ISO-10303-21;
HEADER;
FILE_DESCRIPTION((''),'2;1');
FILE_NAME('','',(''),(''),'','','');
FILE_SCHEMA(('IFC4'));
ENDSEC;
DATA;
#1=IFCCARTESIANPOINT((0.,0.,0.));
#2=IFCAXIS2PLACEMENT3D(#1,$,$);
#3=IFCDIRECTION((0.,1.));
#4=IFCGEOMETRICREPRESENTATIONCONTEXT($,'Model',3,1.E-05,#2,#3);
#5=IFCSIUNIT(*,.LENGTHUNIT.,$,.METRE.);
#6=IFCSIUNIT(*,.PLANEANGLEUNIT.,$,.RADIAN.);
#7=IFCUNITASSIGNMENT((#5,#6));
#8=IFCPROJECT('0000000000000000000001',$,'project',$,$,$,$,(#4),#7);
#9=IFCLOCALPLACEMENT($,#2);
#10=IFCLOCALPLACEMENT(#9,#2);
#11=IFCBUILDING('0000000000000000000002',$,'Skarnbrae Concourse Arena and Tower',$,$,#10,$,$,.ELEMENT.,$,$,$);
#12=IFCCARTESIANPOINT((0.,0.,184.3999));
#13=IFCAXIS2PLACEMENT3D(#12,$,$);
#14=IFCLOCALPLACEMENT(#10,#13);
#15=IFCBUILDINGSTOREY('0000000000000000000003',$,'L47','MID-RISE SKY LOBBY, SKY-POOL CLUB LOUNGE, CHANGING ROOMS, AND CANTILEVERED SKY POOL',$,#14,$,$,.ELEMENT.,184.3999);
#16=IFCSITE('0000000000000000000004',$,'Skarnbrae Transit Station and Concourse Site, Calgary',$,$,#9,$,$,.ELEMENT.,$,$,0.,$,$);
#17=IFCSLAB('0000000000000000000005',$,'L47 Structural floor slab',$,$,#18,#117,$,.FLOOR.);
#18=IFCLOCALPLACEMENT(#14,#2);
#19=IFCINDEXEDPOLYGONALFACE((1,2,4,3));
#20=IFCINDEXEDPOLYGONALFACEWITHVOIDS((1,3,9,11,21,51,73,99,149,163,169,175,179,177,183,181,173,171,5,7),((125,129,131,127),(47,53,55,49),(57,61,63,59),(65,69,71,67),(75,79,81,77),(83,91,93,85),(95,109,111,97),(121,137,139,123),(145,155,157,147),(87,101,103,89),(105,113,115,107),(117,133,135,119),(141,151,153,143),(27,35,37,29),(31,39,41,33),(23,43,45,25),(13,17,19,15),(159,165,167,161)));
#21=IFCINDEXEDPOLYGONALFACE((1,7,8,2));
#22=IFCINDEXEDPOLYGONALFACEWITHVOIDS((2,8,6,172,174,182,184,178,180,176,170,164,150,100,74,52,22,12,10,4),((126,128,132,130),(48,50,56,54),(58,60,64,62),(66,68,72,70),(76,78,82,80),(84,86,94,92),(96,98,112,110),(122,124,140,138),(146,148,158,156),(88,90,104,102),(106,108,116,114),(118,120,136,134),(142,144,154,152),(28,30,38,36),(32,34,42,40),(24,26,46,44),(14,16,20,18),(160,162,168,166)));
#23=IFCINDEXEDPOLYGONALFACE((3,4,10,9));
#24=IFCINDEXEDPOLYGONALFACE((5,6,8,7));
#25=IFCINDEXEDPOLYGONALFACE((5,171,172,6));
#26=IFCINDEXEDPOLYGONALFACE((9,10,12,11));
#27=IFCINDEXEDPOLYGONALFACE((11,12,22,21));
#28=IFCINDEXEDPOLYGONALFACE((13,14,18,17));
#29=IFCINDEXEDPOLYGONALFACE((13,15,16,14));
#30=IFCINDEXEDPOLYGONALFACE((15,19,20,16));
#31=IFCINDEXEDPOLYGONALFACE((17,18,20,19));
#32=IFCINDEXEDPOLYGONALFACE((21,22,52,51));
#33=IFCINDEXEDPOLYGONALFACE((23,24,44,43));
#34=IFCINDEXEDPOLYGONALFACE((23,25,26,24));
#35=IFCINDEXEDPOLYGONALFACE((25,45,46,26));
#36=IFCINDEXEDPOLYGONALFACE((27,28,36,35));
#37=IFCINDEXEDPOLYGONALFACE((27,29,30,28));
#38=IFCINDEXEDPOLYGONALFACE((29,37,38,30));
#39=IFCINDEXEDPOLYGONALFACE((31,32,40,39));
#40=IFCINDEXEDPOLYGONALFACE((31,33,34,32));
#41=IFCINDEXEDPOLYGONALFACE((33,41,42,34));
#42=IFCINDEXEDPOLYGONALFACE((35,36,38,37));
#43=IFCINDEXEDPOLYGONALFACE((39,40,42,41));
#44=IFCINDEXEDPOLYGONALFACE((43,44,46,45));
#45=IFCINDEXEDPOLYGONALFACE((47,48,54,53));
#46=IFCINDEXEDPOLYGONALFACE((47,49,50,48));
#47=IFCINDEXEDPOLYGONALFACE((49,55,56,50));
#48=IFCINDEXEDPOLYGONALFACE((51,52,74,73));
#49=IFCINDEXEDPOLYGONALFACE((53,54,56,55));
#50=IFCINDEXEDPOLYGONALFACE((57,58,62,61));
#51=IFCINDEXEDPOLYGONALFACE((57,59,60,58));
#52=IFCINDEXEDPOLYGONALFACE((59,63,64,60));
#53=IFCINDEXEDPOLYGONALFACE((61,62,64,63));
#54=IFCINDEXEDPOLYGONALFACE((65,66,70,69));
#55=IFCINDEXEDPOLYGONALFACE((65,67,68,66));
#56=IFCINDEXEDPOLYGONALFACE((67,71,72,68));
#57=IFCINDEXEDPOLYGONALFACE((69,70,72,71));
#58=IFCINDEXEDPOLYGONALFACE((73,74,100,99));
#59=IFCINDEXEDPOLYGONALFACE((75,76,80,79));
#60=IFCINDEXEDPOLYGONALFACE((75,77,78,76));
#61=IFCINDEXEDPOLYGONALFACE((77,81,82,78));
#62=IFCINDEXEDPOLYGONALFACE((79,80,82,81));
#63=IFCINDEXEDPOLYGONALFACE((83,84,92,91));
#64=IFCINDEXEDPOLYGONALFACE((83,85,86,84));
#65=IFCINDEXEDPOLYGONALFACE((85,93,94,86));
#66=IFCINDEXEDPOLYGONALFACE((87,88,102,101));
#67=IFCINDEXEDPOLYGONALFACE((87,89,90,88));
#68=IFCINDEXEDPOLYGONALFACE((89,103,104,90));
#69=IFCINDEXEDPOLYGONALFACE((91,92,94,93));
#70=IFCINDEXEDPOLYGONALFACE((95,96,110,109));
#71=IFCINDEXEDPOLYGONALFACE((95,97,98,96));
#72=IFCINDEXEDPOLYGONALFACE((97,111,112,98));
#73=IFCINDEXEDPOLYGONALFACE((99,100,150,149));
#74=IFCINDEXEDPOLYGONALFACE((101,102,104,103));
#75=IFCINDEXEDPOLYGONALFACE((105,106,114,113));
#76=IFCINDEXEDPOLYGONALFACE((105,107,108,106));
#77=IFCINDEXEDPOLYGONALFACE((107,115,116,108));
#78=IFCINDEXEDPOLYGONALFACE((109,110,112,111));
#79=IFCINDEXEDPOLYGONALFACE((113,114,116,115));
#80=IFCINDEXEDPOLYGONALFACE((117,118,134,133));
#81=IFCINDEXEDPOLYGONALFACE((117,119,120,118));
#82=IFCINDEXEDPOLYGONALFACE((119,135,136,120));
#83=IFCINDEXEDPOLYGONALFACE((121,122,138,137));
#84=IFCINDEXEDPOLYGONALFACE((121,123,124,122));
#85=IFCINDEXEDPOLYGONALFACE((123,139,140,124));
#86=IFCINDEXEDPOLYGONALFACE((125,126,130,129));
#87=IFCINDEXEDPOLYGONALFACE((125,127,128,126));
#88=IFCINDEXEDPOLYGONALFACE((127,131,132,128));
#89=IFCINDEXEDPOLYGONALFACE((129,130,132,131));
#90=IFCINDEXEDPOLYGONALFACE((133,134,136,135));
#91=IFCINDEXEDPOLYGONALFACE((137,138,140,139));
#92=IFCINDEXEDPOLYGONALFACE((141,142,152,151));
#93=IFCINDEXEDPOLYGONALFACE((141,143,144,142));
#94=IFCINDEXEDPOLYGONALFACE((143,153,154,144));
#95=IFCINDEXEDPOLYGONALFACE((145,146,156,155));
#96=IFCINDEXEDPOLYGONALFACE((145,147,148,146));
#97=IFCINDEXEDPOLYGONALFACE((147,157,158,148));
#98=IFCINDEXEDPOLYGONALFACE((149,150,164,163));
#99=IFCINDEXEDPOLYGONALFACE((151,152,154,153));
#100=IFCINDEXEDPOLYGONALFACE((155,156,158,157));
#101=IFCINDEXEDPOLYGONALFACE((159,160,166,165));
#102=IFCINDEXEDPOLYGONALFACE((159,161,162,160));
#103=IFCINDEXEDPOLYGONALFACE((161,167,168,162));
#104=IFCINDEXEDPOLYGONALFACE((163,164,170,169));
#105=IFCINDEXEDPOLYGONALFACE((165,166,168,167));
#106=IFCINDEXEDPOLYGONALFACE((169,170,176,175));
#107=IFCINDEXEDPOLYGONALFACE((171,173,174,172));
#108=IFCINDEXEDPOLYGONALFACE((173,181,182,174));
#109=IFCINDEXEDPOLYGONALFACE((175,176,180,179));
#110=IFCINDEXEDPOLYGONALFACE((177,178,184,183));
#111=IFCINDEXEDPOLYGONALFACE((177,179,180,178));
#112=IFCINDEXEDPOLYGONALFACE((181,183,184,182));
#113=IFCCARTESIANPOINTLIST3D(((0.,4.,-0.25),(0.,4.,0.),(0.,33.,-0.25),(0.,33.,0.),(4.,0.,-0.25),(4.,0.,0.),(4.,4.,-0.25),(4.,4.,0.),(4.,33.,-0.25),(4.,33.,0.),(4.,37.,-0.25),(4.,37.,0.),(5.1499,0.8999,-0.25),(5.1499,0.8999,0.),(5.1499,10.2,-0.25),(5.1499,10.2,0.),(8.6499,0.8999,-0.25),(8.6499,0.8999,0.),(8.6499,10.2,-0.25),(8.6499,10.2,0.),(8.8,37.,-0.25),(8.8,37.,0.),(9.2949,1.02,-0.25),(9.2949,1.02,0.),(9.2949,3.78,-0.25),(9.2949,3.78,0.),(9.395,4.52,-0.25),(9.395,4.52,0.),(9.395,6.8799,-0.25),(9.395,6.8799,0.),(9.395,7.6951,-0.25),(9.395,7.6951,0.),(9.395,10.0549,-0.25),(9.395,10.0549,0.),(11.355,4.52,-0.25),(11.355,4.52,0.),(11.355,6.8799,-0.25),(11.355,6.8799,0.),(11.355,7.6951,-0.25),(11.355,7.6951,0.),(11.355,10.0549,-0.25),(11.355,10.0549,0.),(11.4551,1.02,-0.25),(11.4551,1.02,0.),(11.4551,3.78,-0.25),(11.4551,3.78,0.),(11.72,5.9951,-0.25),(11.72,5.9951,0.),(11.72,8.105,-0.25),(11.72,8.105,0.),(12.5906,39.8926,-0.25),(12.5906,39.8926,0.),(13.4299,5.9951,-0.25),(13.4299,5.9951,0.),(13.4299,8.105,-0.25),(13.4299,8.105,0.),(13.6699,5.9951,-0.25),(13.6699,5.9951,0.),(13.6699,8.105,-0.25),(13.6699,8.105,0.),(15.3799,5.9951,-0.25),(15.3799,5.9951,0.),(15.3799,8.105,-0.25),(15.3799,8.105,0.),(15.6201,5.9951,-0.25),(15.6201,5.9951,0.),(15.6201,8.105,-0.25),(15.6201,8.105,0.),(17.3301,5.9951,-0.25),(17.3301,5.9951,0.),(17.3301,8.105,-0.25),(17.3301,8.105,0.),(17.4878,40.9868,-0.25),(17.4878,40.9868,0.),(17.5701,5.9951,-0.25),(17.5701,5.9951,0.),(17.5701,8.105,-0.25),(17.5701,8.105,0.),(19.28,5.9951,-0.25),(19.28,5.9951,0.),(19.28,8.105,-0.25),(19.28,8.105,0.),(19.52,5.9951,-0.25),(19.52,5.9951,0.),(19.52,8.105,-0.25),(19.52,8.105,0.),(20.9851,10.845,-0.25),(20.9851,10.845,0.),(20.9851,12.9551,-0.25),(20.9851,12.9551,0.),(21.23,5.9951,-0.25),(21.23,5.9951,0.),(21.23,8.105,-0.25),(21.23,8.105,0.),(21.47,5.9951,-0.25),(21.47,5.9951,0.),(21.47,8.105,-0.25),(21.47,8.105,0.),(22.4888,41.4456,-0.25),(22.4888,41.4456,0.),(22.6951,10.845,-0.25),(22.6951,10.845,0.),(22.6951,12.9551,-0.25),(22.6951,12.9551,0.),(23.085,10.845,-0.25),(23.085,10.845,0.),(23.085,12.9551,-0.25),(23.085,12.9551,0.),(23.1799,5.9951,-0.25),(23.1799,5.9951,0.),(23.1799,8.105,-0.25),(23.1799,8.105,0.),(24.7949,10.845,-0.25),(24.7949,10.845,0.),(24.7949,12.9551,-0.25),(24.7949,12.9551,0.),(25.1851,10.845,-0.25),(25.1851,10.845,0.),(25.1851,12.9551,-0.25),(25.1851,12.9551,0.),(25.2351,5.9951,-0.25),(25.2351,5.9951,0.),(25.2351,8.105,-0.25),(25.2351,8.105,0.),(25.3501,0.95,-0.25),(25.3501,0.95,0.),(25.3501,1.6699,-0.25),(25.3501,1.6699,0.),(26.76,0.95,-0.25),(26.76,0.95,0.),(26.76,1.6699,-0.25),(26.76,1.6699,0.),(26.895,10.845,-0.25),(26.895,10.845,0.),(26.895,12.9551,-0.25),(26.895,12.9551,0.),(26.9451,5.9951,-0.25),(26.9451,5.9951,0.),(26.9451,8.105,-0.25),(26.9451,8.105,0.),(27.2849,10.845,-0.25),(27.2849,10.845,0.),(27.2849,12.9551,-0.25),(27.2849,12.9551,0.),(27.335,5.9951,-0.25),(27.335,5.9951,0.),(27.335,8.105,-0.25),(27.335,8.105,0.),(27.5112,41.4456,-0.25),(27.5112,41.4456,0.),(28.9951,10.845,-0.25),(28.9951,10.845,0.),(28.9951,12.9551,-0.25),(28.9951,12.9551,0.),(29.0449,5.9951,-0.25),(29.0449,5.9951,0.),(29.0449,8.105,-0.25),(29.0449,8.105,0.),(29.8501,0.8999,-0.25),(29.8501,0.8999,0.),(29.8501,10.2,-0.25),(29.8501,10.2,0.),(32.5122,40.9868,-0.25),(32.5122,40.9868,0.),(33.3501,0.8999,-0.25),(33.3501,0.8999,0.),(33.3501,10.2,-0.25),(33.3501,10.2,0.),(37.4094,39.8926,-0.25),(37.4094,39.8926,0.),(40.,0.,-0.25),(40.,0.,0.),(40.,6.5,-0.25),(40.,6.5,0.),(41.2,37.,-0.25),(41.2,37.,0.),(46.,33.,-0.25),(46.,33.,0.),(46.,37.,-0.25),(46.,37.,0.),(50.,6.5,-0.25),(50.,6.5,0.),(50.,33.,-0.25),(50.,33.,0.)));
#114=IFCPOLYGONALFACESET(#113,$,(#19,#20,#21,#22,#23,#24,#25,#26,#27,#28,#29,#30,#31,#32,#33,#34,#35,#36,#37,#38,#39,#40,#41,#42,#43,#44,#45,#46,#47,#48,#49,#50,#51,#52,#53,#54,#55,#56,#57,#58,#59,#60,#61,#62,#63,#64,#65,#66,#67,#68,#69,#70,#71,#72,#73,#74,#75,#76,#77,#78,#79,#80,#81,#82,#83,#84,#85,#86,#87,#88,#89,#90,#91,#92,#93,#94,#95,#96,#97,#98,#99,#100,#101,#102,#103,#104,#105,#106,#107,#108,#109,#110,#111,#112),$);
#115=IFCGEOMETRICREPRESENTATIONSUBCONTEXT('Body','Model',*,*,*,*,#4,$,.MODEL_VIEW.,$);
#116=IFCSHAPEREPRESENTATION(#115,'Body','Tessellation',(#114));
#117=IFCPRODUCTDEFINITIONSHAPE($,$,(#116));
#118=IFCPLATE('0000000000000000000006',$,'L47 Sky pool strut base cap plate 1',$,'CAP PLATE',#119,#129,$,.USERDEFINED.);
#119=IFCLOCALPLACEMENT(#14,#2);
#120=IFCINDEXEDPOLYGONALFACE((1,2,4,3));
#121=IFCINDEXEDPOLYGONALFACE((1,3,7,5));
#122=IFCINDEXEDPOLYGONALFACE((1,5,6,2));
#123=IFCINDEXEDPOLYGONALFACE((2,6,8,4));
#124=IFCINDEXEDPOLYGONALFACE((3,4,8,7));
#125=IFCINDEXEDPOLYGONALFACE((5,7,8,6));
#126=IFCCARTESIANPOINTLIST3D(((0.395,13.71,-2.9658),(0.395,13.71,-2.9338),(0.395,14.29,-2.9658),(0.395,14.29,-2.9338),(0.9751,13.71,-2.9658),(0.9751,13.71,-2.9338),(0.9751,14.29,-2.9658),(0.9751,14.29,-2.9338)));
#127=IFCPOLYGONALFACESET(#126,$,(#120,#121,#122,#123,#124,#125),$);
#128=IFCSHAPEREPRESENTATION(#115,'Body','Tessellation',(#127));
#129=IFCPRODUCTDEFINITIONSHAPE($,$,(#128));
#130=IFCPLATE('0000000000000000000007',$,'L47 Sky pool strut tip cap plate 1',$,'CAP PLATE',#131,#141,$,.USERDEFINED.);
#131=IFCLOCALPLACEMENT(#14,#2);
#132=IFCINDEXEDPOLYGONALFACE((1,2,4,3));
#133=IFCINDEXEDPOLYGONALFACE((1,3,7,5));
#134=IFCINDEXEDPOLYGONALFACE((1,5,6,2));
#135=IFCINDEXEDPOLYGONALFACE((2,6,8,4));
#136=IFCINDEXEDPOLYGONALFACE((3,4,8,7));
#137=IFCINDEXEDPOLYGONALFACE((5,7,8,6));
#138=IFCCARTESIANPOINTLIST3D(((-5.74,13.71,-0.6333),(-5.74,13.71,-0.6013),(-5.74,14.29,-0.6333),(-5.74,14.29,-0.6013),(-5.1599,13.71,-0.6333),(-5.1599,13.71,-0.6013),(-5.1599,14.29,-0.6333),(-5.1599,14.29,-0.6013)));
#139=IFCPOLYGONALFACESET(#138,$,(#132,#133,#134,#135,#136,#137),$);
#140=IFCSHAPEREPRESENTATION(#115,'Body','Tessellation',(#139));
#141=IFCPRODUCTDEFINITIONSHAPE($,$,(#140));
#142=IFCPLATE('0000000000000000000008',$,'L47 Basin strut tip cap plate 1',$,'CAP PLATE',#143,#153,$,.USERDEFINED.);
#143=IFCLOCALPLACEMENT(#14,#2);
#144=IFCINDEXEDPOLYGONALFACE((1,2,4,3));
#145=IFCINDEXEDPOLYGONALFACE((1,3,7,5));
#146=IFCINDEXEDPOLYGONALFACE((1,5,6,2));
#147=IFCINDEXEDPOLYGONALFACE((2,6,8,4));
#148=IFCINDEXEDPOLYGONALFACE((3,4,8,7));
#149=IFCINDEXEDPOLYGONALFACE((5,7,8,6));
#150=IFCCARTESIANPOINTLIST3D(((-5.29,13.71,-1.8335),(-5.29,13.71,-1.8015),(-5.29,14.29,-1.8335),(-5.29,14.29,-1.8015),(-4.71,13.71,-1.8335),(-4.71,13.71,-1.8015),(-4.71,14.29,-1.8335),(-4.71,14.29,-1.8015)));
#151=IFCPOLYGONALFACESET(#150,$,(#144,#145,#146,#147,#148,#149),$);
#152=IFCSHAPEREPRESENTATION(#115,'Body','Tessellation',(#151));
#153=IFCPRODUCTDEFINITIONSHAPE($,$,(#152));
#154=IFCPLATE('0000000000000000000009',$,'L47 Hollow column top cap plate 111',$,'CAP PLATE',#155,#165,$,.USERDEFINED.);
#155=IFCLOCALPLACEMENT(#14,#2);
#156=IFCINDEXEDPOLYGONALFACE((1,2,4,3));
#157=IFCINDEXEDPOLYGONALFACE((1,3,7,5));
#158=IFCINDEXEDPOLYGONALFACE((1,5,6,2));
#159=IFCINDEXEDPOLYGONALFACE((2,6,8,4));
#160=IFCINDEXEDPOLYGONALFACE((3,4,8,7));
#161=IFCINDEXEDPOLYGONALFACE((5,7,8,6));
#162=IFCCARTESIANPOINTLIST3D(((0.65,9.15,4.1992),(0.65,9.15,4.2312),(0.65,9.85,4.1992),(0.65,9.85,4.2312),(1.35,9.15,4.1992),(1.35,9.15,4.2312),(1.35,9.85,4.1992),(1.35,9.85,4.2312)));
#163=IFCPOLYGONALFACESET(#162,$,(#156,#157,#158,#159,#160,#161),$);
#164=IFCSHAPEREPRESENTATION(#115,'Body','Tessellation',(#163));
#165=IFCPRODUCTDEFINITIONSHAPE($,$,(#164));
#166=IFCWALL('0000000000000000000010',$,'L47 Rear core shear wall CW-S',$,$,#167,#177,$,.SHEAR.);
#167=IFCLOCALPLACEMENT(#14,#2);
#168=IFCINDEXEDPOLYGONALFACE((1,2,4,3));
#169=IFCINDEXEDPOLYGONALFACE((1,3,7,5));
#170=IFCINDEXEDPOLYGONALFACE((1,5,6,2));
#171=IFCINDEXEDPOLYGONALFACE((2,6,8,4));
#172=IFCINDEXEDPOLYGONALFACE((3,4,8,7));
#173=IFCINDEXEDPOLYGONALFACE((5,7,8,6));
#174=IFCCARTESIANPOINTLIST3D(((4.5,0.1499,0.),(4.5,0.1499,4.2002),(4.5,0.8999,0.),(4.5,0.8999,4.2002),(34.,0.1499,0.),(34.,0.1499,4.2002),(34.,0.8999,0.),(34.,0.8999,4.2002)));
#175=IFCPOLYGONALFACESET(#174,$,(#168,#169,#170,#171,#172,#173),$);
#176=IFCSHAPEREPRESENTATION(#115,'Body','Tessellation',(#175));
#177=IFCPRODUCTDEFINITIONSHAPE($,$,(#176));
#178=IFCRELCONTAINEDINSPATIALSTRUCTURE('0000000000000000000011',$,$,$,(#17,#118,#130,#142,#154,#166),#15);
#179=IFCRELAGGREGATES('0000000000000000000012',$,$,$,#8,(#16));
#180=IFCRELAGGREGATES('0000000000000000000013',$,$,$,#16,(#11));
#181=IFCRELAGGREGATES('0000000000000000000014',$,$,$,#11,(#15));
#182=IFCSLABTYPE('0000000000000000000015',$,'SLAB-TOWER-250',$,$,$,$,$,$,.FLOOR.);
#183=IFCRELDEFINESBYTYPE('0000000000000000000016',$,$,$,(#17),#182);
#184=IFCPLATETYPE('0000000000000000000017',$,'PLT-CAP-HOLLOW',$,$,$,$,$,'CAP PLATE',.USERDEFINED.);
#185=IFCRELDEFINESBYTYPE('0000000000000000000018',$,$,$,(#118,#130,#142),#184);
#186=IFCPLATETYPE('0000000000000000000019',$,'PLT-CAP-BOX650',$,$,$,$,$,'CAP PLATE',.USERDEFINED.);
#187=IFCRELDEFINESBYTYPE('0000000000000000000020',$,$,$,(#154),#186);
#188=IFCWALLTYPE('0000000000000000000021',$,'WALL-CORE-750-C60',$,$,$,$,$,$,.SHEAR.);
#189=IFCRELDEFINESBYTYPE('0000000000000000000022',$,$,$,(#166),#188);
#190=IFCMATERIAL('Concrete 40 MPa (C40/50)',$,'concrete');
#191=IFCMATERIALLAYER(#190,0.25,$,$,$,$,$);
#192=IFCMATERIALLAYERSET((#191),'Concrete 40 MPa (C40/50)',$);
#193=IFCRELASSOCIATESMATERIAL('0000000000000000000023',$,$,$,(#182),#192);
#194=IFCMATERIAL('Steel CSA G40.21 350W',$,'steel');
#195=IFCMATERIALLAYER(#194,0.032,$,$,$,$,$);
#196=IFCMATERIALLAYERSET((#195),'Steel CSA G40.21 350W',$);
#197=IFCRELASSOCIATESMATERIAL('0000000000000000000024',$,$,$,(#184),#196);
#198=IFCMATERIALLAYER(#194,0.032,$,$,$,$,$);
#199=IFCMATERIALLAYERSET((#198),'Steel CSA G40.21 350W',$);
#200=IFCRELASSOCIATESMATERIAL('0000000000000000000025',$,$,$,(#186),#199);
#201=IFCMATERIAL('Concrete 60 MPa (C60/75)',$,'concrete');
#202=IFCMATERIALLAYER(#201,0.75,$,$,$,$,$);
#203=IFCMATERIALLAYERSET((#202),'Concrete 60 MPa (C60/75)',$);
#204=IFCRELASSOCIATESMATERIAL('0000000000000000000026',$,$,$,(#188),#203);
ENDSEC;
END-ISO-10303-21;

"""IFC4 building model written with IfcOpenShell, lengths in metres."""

from ifc_helpers import new_model, si_unit, direction, frame, frame_2d, origin, origin_2d, place, context, subcontext, project, spatial, polyline, rectangle, outline, extrude, source, transform, mapped, material, layer, layer_set, type_object, element, save


model = new_model("IFC4")

# Units and contexts
model_context = context("Model", 3, precision=1e-05, world=origin(), true_north=direction((0.0, 1.0)))
body_context = subcontext(model_context, "Body", "Model", "MODEL_VIEW")
ifc_project = project(units=[si_unit("LENGTHUNIT", "METRE"), si_unit("PLANEANGLEUNIT", "RADIAN")], contexts=[model_context])

# Site, building, storey
site_placement = place(None, origin())
site = spatial("IfcSite", under=ifc_project, at=site_placement, Name="Skarnbrae Transit Station and Concourse Site, Calgary", CompositionType="ELEMENT", RefElevation=0.0)
building_placement = place(site_placement, origin())
building = spatial("IfcBuilding", under=site, at=building_placement, Name="Skarnbrae Concourse Arena and Tower", CompositionType="ELEMENT")
storey_placement = place(building_placement, frame((0.0, 0.0, 184.3999)))
storey = spatial("IfcBuildingStorey", under=building, at=storey_placement, Name="L47", Description="MID-RISE SKY LOBBY, SKY-POOL CLUB LOUNGE, CHANGING ROOMS, AND CANTILEVERED SKY POOL", CompositionType="ELEMENT", Elevation=184.3999)

# Shared definitions
ifc_material_1 = material(Name="Steel CSA G40.21 350W", Category="steel")

# Shared definitions
ifc_material_2 = material(Name="Concrete 40 MPa (C40/50)", Category="concrete")

# Slab
ifc_layer_1 = layer(ifc_material_2, 0.25)
ifc_layer_set_1 = layer_set([ifc_layer_1], Name="Concrete 40 MPa (C40/50)")
slab_type_1 = type_object("IfcSlabType", Name="SLAB-TOWER-250", PredefinedType="FLOOR", material=ifc_layer_set_1)
slab_1_placement = place(storey_placement, frame((0.0, 0.0, -0.25)))
element("IfcSlab", 1, at=slab_1_placement, inside=storey, type_object=slab_type_1, Name="L47 Structural floor slab", PredefinedType="FLOOR", context=body_context, shape_type="SweptSolid", body=[
    extrude(outline(polyline([(4.0, 0.0), (40.0, 0.0), (40.0, 6.5), (50.0, 6.5), (50.0, 33.0), (46.0, 33.0), (46.0, 37.0), (41.2, 37.0), (37.4094, 39.8926), (32.5122, 40.9868), (27.5112, 41.4456), (22.4888, 41.4456), (17.4878, 40.9868), (12.5906, 39.8926), (8.8, 37.0), (4.0, 37.0), (4.0, 33.0), (0.0, 33.0), (0.0, 4.0), (4.0, 4.0), (4.0, 0.0)]), holes=[polyline([(9.2949, 3.78), (11.4551, 3.78), (11.4551, 1.02), (9.2949, 1.02), (9.2949, 3.78)]), polyline([(8.6499, 10.2), (8.6499, 0.8999), (5.1499, 0.8999), (5.1499, 10.2), (8.6499, 10.2)]), polyline([(9.395, 6.8799), (11.355, 6.8799), (11.355, 4.52), (9.395, 4.52), (9.395, 6.8799)]), polyline([(11.72, 8.105), (13.4299, 8.105), (13.4299, 5.9951), (11.72, 5.9951), (11.72, 8.105)]), polyline([(13.6699, 8.105), (15.3799, 8.105), (15.3799, 5.9951), (13.6699, 5.9951), (13.6699, 8.105)]), polyline([(15.6201, 8.105), (17.3301, 8.105), (17.3301, 5.9951), (15.6201, 5.9951), (15.6201, 8.105)]), polyline([(17.5701, 8.105), (19.28, 8.105), (19.28, 5.9951), (17.5701, 5.9951), (17.5701, 8.105)]), polyline([(21.23, 8.105), (21.23, 5.9951), (19.52, 5.9951), (19.52, 8.105), (21.23, 8.105)]), polyline([(11.355, 10.0549), (11.355, 7.6951), (9.395, 7.6951), (9.395, 10.0549), (11.355, 10.0549)]), polyline([(25.3501, 1.6699), (26.76, 1.6699), (26.76, 0.95), (25.3501, 0.95), (25.3501, 1.6699)]), polyline([(33.3501, 10.2), (33.3501, 0.8999), (29.8501, 0.8999), (29.8501, 10.2), (33.3501, 10.2)]), polyline([(21.47, 8.105), (23.1799, 8.105), (23.1799, 5.9951), (21.47, 5.9951), (21.47, 8.105)]), polyline([(25.2351, 8.105), (26.9451, 8.105), (26.9451, 5.9951), (25.2351, 5.9951), (25.2351, 8.105)]), polyline([(27.335, 8.105), (29.0449, 8.105), (29.0449, 5.9951), (27.335, 5.9951), (27.335, 8.105)]), polyline([(20.9851, 12.9551), (22.6951, 12.9551), (22.6951, 10.845), (20.9851, 10.845), (20.9851, 12.9551)]), polyline([(23.085, 12.9551), (24.7949, 12.9551), (24.7949, 10.845), (23.085, 10.845), (23.085, 12.9551)]), polyline([(26.895, 12.9551), (26.895, 10.845), (25.1851, 10.845), (25.1851, 12.9551), (26.895, 12.9551)]), polyline([(28.9951, 12.9551), (28.9951, 10.845), (27.2849, 10.845), (27.2849, 12.9551), (28.9951, 12.9551)])]), origin(), (0.0, 0.0, 1.0), 0.25),
])

# Plates
ifc_layer_2 = layer(ifc_material_1, 0.032)
ifc_layer_set_2 = layer_set([ifc_layer_2], Name="Steel CSA G40.21 350W")
plate_type_1 = type_object("IfcPlateType", Name="PLT-CAP-HOLLOW", ElementType="CAP PLATE", PredefinedType="USERDEFINED", material=ifc_layer_set_2)
shared_shape_1 = source(origin(), body_context, "Body", "SweptSolid", [
    extrude(rectangle(XDim=0.5801, YDim=0.5801, at=origin_2d()), origin(), (0.0, 0.0, 1.0), 0.032),
])
for number, where, z_axis, x_axis, name in (
    (2, (0.6851, 14.0, -2.9658), (0.0, 0.0, 1.0), (1.0, 0.0, 0.0), "L47 Sky pool strut base cap plate 1"),
    (3, (-5.45, 14.0, -0.6333), (0.0, 0.0, 1.0), (1.0, 0.0, 0.0), "L47 Sky pool strut tip cap plate 1"),
    (4, (-5.0, 14.0, -1.8335), (0.0, 0.0, 1.0), (1.0, 0.0, 0.0), "L47 Basin strut tip cap plate 1"),
):
    element("IfcPlate", number, at=place(storey_placement, frame(where, z_axis=z_axis, x_axis=x_axis)), inside=storey, type_object=plate_type_1, Name=name, ObjectType="CAP PLATE", PredefinedType="USERDEFINED", context=body_context, shape_type="MappedRepresentation", body=[
        mapped(shared_shape_1, transform((0.0, 0.0, 0.0))),
    ])
ifc_layer_3 = layer(ifc_material_1, 0.032)
ifc_layer_set_3 = layer_set([ifc_layer_3], Name="Steel CSA G40.21 350W")
plate_type_2 = type_object("IfcPlateType", Name="PLT-CAP-BOX650", ElementType="CAP PLATE", PredefinedType="USERDEFINED", material=ifc_layer_set_3)
shared_shape_2 = source(origin(), body_context, "Body", "SweptSolid", [
    extrude(rectangle(XDim=0.7, YDim=0.7, at=origin_2d()), origin(), (0.0, 0.0, 1.0), 0.032),
])
plate_placement = place(storey_placement, frame((1.0, 9.5, 4.1992), z_axis=(0.0, 0.0, 1.0), x_axis=(1.0, 0.0, 0.0)))
element("IfcPlate", 5, at=plate_placement, inside=storey, type_object=plate_type_2, Name="L47 Hollow column top cap plate 111", ObjectType="CAP PLATE", PredefinedType="USERDEFINED", context=body_context, shape_type="MappedRepresentation", body=[
    mapped(shared_shape_2, transform((0.0, 0.0, 0.0))),
])

# Wall
ifc_material_3 = material(Name="Concrete 60 MPa (C60/75)", Category="concrete")
ifc_layer_4 = layer(ifc_material_3, 0.75)
ifc_layer_set_4 = layer_set([ifc_layer_4], Name="Concrete 60 MPa (C60/75)")
wall_type_1 = type_object("IfcWallType", Name="WALL-CORE-750-C60", PredefinedType="SHEAR", material=ifc_layer_set_4)
shared_shape_3 = source(origin(), body_context, "Body", "SweptSolid", [
    extrude(rectangle(XDim=29.5, YDim=0.75, at=frame_2d((14.75, 0.0))), origin(), (0.0, 0.0, 1.0), 4.2002),
])
wall_placement = place(storey_placement, frame((4.5, 0.5249, 0.0), z_axis=(0.0, 0.0, 1.0), x_axis=(1.0, 0.0, 0.0)))
element("IfcWall", 6, at=wall_placement, inside=storey, type_object=wall_type_1, Name="L47 Rear core shear wall CW-S", PredefinedType="SHEAR", context=body_context, shape_type="MappedRepresentation", body=[
    mapped(shared_shape_3, transform((0.0, 0.0, 0.0))),
])

save(model, "model.ifc")
